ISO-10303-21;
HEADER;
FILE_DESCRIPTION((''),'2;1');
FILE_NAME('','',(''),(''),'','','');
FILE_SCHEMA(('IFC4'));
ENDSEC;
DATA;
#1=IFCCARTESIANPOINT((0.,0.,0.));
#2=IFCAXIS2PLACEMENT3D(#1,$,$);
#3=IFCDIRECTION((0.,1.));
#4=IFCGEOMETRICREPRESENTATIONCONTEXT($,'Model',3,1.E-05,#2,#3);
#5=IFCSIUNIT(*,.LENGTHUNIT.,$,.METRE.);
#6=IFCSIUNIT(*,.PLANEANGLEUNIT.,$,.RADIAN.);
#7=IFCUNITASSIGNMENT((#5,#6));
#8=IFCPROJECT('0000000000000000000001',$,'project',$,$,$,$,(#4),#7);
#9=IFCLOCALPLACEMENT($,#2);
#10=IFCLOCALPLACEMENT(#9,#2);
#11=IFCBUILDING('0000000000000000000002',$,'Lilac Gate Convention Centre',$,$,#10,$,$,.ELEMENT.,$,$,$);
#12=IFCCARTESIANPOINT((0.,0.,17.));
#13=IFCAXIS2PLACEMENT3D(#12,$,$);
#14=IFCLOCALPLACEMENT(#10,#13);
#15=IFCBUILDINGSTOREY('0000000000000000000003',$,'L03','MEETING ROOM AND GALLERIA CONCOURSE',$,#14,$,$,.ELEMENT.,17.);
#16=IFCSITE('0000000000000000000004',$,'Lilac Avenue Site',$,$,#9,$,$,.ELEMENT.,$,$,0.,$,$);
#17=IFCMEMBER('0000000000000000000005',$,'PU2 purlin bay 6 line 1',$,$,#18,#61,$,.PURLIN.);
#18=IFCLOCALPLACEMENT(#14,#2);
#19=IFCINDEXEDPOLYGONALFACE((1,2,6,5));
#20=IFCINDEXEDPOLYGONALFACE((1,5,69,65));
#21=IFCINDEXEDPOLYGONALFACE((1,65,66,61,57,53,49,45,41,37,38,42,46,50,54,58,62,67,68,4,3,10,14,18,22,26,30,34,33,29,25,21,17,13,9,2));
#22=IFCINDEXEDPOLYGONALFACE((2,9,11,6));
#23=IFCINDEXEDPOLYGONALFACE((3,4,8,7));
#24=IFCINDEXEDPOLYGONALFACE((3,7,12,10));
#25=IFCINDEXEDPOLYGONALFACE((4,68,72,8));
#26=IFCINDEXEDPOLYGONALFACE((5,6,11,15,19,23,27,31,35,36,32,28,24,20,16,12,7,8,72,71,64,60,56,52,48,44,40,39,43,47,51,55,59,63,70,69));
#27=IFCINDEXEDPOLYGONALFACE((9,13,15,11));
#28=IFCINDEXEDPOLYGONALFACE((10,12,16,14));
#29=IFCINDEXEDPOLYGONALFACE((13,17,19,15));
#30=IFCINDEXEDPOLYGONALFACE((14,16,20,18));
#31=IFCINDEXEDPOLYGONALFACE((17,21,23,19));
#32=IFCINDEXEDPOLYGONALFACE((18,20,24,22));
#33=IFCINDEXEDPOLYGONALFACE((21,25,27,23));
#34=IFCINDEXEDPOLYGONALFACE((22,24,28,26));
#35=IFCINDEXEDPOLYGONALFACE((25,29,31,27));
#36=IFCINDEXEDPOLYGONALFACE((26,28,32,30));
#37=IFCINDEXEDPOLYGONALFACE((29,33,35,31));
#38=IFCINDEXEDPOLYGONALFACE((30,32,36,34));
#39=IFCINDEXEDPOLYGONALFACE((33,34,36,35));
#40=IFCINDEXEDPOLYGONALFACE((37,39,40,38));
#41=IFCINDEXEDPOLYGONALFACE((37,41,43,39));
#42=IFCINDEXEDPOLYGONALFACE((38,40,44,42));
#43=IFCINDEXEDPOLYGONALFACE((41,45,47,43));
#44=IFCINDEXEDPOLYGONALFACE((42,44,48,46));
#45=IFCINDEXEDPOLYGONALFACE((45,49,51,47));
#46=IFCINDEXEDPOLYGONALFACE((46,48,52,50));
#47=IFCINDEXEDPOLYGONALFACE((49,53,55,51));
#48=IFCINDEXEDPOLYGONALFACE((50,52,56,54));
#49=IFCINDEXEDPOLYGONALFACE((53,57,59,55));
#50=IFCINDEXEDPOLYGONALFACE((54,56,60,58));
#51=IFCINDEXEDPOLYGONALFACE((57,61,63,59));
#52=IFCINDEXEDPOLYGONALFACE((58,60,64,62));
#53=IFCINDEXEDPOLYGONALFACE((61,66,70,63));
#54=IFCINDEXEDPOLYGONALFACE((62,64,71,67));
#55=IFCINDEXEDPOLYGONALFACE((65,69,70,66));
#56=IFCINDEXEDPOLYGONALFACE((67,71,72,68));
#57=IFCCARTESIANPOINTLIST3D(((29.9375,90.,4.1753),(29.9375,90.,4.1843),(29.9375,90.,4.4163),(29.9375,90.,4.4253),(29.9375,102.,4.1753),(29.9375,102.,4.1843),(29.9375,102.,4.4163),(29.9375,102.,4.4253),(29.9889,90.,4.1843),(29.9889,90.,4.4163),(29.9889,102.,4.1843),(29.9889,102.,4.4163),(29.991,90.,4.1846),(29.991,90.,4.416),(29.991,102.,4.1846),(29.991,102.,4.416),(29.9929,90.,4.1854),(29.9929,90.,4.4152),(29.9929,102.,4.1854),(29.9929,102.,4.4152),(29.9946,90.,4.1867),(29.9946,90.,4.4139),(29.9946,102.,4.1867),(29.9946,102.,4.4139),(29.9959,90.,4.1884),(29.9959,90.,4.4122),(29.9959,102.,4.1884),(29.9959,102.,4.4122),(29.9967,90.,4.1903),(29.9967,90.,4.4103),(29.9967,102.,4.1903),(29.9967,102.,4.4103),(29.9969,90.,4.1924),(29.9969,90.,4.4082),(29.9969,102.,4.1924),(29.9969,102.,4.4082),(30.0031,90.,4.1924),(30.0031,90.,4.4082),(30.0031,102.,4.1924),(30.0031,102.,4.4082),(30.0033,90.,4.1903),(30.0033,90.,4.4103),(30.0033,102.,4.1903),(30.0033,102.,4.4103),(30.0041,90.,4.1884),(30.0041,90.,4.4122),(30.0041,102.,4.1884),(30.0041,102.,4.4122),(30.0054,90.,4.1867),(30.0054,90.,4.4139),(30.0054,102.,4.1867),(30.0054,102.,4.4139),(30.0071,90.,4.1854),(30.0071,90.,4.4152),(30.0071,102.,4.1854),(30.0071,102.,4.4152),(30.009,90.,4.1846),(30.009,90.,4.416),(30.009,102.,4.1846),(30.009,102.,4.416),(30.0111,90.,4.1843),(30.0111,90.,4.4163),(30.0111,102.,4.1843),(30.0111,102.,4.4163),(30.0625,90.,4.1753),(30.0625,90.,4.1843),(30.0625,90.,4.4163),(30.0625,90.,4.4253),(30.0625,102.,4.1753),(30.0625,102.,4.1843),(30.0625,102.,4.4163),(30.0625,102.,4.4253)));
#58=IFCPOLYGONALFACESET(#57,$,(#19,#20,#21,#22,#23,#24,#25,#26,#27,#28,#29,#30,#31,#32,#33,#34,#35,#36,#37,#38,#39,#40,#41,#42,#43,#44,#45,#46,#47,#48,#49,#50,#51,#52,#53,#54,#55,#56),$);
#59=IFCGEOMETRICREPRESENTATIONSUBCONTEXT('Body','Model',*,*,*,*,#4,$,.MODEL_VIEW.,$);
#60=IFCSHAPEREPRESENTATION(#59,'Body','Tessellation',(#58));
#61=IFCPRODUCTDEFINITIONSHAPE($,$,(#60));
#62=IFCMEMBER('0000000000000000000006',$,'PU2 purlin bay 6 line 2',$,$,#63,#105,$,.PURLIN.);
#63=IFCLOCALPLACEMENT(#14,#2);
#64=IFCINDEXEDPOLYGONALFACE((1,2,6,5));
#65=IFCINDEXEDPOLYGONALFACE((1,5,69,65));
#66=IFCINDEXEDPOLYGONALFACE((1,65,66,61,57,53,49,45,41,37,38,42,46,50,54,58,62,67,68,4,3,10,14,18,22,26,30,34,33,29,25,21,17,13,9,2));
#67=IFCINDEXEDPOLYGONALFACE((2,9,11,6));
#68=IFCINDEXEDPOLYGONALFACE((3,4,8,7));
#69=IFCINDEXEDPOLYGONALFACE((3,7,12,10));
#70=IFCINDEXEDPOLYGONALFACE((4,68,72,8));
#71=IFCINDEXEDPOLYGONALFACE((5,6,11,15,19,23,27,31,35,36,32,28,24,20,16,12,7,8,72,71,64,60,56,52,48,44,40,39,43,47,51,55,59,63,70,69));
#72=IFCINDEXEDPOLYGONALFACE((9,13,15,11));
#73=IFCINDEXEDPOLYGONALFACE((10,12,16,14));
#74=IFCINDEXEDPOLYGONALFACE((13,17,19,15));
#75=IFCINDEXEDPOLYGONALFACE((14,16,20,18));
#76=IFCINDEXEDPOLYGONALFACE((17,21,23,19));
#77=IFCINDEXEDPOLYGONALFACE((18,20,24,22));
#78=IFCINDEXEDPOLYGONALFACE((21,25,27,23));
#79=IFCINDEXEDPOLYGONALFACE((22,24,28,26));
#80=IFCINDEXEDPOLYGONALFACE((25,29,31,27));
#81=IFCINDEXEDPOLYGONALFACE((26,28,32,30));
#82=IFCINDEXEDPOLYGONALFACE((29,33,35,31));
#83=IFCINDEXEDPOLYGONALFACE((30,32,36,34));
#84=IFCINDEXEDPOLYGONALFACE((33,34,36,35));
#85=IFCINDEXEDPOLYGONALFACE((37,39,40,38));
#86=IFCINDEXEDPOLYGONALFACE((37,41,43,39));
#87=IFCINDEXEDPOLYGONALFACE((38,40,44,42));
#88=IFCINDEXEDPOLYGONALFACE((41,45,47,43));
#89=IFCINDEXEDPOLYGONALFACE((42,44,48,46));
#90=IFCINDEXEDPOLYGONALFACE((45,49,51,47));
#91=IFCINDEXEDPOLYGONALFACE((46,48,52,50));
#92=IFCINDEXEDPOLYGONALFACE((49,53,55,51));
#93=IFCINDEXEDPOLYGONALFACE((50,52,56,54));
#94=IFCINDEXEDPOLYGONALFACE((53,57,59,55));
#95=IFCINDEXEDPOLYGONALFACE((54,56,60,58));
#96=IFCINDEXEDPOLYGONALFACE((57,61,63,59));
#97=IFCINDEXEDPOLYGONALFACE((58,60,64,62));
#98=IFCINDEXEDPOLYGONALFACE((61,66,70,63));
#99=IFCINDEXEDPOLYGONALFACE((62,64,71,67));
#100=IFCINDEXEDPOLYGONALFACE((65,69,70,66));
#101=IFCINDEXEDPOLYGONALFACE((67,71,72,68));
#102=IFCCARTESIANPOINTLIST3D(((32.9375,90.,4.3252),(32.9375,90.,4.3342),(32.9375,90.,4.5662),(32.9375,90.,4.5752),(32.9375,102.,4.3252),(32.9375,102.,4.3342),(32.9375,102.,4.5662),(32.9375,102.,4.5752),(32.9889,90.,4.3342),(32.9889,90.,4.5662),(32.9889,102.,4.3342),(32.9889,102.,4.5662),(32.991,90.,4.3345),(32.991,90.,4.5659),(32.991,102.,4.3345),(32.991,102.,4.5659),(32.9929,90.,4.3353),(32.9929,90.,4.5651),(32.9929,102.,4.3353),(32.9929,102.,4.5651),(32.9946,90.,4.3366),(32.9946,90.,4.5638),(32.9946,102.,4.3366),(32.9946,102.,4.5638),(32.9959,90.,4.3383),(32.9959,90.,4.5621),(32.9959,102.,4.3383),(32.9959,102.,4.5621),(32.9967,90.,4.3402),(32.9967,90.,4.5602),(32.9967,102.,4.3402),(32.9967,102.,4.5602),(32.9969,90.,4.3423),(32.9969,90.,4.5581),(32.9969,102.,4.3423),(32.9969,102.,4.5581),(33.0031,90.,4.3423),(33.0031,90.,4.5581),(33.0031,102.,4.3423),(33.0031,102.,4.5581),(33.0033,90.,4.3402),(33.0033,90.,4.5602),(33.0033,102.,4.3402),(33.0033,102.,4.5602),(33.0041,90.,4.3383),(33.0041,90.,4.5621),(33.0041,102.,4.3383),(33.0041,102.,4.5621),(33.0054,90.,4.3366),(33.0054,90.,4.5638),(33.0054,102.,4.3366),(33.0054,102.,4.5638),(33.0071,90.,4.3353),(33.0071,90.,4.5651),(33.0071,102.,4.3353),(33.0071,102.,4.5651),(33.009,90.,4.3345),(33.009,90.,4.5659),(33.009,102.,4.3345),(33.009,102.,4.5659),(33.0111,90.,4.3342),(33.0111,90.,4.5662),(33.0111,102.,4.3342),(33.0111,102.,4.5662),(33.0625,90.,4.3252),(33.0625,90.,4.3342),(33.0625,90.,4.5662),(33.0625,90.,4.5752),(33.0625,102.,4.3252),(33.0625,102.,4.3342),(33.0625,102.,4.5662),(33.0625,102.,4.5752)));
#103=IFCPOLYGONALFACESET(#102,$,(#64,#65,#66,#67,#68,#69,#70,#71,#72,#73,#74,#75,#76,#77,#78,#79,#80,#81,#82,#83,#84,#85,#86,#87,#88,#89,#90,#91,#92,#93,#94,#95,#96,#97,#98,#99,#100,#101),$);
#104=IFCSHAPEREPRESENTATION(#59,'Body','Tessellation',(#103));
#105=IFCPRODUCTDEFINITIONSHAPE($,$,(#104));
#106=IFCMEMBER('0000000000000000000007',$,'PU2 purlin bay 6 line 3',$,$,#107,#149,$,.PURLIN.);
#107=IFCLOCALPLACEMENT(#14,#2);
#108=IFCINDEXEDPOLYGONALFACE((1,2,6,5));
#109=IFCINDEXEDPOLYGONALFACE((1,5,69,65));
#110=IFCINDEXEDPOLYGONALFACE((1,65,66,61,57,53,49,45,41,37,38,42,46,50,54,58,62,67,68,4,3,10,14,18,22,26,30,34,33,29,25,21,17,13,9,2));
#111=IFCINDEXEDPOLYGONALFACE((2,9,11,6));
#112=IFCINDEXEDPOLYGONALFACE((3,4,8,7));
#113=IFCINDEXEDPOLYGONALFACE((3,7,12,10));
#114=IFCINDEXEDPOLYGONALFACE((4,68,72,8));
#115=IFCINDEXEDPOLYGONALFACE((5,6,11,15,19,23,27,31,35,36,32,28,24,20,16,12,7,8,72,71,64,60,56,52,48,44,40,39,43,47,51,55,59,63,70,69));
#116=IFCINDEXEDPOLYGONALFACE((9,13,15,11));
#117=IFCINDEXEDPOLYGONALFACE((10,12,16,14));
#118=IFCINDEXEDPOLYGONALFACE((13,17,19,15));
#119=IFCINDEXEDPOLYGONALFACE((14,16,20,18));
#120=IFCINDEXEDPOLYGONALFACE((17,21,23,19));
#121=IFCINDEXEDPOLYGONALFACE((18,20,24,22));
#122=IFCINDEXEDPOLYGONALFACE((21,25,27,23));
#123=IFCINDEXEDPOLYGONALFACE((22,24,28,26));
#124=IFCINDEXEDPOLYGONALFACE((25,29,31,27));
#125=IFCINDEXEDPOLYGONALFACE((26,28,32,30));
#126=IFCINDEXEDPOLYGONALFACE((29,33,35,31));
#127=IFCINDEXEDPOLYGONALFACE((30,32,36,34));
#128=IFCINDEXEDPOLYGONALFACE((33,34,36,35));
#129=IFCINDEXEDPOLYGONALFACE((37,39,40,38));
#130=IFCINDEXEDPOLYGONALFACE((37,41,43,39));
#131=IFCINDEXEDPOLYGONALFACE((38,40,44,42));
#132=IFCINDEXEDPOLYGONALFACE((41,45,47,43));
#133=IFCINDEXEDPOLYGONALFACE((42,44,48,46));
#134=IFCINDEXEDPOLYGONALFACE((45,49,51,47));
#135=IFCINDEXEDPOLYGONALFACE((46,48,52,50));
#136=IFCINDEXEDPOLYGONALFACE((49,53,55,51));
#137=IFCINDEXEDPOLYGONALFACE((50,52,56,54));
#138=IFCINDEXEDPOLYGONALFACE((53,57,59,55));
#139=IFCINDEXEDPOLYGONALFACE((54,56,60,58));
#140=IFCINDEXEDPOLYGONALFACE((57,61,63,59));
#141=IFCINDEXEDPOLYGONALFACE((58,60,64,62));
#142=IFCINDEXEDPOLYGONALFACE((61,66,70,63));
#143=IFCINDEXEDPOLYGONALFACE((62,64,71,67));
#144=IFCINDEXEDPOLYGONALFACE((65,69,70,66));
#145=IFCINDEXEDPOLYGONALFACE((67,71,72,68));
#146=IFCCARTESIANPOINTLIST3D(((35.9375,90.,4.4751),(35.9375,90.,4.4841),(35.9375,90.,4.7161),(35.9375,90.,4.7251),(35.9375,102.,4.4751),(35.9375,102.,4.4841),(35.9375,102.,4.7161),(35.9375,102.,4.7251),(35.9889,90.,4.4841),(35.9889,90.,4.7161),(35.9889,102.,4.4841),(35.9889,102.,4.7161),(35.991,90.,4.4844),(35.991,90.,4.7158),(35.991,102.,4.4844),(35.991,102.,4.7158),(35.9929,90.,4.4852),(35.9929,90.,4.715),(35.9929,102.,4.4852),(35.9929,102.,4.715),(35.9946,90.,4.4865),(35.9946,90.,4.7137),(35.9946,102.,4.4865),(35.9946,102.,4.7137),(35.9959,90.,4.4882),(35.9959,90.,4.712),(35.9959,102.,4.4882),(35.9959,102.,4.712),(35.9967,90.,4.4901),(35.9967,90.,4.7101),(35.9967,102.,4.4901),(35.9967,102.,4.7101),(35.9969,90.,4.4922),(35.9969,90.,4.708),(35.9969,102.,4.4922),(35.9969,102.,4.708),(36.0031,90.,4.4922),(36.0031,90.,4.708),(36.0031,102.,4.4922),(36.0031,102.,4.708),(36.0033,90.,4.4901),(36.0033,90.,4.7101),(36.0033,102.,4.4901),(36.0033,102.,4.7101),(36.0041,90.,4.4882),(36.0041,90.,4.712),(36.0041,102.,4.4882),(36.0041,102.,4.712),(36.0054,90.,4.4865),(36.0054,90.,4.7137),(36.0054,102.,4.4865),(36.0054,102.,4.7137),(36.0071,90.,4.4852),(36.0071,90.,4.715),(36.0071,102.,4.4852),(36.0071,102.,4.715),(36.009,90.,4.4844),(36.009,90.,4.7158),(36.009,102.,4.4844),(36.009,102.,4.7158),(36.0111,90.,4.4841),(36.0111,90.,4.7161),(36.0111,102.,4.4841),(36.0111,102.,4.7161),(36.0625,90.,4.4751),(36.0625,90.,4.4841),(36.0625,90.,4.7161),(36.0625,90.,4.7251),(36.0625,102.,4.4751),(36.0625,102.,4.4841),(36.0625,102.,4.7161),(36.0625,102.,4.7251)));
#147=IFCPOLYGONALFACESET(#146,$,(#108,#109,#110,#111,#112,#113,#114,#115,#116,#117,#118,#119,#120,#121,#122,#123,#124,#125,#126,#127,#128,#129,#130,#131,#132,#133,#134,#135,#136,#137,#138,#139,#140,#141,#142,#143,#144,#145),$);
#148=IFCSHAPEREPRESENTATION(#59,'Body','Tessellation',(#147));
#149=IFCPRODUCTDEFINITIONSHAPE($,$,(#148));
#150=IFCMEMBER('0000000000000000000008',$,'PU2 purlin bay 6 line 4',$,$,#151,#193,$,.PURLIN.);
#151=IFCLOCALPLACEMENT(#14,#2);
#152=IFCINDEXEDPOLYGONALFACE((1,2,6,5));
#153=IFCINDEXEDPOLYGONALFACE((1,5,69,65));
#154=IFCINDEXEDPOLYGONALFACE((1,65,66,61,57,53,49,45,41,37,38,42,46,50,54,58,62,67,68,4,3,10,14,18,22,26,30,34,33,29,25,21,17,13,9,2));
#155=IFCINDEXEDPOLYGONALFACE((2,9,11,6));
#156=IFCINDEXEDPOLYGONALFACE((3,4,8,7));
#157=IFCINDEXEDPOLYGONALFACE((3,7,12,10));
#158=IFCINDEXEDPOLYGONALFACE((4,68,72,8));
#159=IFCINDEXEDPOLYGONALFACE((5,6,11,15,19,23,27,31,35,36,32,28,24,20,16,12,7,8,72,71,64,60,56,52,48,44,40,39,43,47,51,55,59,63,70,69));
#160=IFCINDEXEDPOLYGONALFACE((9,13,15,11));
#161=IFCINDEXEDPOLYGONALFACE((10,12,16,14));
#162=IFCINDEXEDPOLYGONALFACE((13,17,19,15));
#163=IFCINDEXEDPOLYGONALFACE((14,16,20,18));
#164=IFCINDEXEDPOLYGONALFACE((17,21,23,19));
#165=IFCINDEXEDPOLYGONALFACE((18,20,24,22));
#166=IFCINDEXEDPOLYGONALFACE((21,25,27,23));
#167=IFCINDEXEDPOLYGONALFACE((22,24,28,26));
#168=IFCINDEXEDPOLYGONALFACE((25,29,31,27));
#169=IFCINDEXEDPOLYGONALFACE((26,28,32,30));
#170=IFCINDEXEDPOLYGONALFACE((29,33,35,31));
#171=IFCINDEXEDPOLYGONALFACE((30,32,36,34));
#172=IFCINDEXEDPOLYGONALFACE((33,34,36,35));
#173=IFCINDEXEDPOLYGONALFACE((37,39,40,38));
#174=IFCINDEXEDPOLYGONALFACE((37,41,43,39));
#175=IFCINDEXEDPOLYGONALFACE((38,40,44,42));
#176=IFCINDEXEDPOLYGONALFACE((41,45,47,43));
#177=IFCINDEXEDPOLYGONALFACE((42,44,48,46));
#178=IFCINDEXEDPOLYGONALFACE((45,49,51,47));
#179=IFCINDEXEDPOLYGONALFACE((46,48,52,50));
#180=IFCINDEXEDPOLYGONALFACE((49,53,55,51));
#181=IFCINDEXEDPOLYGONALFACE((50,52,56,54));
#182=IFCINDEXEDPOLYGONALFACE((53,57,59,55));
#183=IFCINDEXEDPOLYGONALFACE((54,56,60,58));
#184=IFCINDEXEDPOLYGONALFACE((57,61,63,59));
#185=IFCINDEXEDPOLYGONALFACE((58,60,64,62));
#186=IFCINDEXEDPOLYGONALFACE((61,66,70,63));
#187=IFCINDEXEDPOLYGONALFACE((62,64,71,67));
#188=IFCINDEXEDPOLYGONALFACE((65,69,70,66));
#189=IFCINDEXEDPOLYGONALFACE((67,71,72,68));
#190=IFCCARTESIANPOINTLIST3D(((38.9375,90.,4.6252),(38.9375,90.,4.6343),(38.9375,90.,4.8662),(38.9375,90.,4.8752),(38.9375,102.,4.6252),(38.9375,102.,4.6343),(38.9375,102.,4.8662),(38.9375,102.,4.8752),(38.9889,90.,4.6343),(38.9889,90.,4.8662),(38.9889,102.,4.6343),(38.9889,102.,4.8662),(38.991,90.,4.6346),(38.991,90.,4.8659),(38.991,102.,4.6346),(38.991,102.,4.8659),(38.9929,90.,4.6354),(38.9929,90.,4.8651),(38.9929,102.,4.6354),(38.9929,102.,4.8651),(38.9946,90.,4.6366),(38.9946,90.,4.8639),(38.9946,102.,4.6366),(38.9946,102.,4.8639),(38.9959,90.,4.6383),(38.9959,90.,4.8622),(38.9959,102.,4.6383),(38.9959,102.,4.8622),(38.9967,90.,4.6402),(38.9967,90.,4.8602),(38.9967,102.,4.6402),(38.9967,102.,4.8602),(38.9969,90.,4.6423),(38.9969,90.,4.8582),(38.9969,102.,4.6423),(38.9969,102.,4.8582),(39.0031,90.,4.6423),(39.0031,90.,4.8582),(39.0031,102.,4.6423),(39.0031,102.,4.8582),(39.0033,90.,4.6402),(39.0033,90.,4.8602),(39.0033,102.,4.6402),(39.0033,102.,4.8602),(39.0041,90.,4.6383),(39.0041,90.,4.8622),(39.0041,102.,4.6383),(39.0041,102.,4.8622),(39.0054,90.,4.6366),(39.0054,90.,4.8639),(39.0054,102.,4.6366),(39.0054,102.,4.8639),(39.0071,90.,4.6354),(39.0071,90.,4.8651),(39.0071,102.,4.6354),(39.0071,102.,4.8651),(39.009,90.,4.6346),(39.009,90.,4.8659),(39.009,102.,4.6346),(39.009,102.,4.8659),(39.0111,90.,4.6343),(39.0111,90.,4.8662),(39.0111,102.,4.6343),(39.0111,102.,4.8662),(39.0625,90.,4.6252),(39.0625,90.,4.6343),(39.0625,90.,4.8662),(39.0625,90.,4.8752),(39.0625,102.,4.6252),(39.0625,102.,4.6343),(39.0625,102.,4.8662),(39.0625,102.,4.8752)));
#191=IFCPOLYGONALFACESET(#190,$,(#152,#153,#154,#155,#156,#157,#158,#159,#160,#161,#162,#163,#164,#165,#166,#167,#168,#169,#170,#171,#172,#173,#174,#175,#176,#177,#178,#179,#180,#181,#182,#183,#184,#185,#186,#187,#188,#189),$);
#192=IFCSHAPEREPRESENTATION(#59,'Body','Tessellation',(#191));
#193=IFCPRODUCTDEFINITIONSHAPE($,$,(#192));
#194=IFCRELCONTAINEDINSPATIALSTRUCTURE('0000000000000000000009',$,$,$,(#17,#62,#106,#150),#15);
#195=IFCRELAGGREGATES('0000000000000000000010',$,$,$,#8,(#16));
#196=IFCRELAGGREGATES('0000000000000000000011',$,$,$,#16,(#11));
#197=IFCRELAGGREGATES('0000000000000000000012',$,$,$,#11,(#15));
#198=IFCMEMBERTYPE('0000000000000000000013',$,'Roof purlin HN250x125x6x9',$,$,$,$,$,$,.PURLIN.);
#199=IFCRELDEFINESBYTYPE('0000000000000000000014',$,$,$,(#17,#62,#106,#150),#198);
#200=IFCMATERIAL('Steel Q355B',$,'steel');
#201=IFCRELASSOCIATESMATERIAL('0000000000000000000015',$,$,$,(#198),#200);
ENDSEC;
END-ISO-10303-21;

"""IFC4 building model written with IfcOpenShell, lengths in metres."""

from ifc_helpers import new_model, si_unit, direction, frame, origin, origin_2d, place, context, subcontext, project, spatial, i_section, extrude, material, material_profile, profile_set, type_object, element, save


model = new_model("IFC4")

# Units and contexts
model_context = context("Model", 3, precision=1e-05, world=origin(), true_north=direction((0.0, 1.0)))
body_context = subcontext(model_context, "Body", "Model", "MODEL_VIEW")
ifc_project = project(units=[si_unit("LENGTHUNIT", "METRE"), si_unit("PLANEANGLEUNIT", "RADIAN")], contexts=[model_context])

# Site, building, storey
site_placement = place(None, origin())
site = spatial("IfcSite", under=ifc_project, at=site_placement, Name="Lilac Avenue Site", CompositionType="ELEMENT", RefElevation=0.0)
building_placement = place(site_placement, origin())
building = spatial("IfcBuilding", under=site, at=building_placement, Name="Lilac Gate Convention Centre", CompositionType="ELEMENT")
storey_placement = place(building_placement, frame((0.0, 0.0, 17.0)))
storey = spatial("IfcBuildingStorey", under=building, at=storey_placement, Name="L03", Description="MEETING ROOM AND GALLERIA CONCOURSE", CompositionType="ELEMENT", Elevation=17.0)

# Members
ifc_material = material(Name="Steel Q355B", Category="steel")
ifc_material_profile_1 = material_profile(ifc_material, i_section(OverallWidth=0.125, OverallDepth=0.25, WebThickness=0.0061, FlangeThickness=0.009, FilletRadius=0.0081, at=origin_2d()), Name="HN250x125x6x9")
ifc_profile_set_1 = profile_set([ifc_material_profile_1], Name="Steel Q355B")
member_type_1 = type_object("IfcMemberType", Name="Roof purlin HN250x125x6x9", PredefinedType="PURLIN", material=ifc_profile_set_1)
for number, where, z_axis, x_axis, name in (
    (1, (30.0, 90.0, 4.3003), (0.0, 1.0, 0.0), (-1.0, 0.0, 0.0), "PU2 purlin bay 6 line 1"),
    (2, (33.0, 90.0, 4.4502), (0.0, 1.0, 0.0), (-1.0, 0.0, 0.0), "PU2 purlin bay 6 line 2"),
    (3, (36.0, 90.0, 4.6001), (0.0, 1.0, 0.0), (-1.0, 0.0, 0.0), "PU2 purlin bay 6 line 3"),
    (4, (39.0, 90.0, 4.7502), (0.0, 1.0, 0.0), (-1.0, 0.0, 0.0), "PU2 purlin bay 6 line 4"),
):
    element("IfcMember", number, at=place(storey_placement, frame(where, z_axis=z_axis, x_axis=x_axis)), inside=storey, type_object=member_type_1, Name=name, PredefinedType="PURLIN", context=body_context, shape_type="SweptSolid", body=[
        extrude(i_section(OverallWidth=0.125, OverallDepth=0.25, WebThickness=0.0061, FlangeThickness=0.009, FilletRadius=0.0081, at=origin_2d()), origin(), (0.0, 0.0, 1.0), 12.0),
    ])

save(model, "model.ifc")
